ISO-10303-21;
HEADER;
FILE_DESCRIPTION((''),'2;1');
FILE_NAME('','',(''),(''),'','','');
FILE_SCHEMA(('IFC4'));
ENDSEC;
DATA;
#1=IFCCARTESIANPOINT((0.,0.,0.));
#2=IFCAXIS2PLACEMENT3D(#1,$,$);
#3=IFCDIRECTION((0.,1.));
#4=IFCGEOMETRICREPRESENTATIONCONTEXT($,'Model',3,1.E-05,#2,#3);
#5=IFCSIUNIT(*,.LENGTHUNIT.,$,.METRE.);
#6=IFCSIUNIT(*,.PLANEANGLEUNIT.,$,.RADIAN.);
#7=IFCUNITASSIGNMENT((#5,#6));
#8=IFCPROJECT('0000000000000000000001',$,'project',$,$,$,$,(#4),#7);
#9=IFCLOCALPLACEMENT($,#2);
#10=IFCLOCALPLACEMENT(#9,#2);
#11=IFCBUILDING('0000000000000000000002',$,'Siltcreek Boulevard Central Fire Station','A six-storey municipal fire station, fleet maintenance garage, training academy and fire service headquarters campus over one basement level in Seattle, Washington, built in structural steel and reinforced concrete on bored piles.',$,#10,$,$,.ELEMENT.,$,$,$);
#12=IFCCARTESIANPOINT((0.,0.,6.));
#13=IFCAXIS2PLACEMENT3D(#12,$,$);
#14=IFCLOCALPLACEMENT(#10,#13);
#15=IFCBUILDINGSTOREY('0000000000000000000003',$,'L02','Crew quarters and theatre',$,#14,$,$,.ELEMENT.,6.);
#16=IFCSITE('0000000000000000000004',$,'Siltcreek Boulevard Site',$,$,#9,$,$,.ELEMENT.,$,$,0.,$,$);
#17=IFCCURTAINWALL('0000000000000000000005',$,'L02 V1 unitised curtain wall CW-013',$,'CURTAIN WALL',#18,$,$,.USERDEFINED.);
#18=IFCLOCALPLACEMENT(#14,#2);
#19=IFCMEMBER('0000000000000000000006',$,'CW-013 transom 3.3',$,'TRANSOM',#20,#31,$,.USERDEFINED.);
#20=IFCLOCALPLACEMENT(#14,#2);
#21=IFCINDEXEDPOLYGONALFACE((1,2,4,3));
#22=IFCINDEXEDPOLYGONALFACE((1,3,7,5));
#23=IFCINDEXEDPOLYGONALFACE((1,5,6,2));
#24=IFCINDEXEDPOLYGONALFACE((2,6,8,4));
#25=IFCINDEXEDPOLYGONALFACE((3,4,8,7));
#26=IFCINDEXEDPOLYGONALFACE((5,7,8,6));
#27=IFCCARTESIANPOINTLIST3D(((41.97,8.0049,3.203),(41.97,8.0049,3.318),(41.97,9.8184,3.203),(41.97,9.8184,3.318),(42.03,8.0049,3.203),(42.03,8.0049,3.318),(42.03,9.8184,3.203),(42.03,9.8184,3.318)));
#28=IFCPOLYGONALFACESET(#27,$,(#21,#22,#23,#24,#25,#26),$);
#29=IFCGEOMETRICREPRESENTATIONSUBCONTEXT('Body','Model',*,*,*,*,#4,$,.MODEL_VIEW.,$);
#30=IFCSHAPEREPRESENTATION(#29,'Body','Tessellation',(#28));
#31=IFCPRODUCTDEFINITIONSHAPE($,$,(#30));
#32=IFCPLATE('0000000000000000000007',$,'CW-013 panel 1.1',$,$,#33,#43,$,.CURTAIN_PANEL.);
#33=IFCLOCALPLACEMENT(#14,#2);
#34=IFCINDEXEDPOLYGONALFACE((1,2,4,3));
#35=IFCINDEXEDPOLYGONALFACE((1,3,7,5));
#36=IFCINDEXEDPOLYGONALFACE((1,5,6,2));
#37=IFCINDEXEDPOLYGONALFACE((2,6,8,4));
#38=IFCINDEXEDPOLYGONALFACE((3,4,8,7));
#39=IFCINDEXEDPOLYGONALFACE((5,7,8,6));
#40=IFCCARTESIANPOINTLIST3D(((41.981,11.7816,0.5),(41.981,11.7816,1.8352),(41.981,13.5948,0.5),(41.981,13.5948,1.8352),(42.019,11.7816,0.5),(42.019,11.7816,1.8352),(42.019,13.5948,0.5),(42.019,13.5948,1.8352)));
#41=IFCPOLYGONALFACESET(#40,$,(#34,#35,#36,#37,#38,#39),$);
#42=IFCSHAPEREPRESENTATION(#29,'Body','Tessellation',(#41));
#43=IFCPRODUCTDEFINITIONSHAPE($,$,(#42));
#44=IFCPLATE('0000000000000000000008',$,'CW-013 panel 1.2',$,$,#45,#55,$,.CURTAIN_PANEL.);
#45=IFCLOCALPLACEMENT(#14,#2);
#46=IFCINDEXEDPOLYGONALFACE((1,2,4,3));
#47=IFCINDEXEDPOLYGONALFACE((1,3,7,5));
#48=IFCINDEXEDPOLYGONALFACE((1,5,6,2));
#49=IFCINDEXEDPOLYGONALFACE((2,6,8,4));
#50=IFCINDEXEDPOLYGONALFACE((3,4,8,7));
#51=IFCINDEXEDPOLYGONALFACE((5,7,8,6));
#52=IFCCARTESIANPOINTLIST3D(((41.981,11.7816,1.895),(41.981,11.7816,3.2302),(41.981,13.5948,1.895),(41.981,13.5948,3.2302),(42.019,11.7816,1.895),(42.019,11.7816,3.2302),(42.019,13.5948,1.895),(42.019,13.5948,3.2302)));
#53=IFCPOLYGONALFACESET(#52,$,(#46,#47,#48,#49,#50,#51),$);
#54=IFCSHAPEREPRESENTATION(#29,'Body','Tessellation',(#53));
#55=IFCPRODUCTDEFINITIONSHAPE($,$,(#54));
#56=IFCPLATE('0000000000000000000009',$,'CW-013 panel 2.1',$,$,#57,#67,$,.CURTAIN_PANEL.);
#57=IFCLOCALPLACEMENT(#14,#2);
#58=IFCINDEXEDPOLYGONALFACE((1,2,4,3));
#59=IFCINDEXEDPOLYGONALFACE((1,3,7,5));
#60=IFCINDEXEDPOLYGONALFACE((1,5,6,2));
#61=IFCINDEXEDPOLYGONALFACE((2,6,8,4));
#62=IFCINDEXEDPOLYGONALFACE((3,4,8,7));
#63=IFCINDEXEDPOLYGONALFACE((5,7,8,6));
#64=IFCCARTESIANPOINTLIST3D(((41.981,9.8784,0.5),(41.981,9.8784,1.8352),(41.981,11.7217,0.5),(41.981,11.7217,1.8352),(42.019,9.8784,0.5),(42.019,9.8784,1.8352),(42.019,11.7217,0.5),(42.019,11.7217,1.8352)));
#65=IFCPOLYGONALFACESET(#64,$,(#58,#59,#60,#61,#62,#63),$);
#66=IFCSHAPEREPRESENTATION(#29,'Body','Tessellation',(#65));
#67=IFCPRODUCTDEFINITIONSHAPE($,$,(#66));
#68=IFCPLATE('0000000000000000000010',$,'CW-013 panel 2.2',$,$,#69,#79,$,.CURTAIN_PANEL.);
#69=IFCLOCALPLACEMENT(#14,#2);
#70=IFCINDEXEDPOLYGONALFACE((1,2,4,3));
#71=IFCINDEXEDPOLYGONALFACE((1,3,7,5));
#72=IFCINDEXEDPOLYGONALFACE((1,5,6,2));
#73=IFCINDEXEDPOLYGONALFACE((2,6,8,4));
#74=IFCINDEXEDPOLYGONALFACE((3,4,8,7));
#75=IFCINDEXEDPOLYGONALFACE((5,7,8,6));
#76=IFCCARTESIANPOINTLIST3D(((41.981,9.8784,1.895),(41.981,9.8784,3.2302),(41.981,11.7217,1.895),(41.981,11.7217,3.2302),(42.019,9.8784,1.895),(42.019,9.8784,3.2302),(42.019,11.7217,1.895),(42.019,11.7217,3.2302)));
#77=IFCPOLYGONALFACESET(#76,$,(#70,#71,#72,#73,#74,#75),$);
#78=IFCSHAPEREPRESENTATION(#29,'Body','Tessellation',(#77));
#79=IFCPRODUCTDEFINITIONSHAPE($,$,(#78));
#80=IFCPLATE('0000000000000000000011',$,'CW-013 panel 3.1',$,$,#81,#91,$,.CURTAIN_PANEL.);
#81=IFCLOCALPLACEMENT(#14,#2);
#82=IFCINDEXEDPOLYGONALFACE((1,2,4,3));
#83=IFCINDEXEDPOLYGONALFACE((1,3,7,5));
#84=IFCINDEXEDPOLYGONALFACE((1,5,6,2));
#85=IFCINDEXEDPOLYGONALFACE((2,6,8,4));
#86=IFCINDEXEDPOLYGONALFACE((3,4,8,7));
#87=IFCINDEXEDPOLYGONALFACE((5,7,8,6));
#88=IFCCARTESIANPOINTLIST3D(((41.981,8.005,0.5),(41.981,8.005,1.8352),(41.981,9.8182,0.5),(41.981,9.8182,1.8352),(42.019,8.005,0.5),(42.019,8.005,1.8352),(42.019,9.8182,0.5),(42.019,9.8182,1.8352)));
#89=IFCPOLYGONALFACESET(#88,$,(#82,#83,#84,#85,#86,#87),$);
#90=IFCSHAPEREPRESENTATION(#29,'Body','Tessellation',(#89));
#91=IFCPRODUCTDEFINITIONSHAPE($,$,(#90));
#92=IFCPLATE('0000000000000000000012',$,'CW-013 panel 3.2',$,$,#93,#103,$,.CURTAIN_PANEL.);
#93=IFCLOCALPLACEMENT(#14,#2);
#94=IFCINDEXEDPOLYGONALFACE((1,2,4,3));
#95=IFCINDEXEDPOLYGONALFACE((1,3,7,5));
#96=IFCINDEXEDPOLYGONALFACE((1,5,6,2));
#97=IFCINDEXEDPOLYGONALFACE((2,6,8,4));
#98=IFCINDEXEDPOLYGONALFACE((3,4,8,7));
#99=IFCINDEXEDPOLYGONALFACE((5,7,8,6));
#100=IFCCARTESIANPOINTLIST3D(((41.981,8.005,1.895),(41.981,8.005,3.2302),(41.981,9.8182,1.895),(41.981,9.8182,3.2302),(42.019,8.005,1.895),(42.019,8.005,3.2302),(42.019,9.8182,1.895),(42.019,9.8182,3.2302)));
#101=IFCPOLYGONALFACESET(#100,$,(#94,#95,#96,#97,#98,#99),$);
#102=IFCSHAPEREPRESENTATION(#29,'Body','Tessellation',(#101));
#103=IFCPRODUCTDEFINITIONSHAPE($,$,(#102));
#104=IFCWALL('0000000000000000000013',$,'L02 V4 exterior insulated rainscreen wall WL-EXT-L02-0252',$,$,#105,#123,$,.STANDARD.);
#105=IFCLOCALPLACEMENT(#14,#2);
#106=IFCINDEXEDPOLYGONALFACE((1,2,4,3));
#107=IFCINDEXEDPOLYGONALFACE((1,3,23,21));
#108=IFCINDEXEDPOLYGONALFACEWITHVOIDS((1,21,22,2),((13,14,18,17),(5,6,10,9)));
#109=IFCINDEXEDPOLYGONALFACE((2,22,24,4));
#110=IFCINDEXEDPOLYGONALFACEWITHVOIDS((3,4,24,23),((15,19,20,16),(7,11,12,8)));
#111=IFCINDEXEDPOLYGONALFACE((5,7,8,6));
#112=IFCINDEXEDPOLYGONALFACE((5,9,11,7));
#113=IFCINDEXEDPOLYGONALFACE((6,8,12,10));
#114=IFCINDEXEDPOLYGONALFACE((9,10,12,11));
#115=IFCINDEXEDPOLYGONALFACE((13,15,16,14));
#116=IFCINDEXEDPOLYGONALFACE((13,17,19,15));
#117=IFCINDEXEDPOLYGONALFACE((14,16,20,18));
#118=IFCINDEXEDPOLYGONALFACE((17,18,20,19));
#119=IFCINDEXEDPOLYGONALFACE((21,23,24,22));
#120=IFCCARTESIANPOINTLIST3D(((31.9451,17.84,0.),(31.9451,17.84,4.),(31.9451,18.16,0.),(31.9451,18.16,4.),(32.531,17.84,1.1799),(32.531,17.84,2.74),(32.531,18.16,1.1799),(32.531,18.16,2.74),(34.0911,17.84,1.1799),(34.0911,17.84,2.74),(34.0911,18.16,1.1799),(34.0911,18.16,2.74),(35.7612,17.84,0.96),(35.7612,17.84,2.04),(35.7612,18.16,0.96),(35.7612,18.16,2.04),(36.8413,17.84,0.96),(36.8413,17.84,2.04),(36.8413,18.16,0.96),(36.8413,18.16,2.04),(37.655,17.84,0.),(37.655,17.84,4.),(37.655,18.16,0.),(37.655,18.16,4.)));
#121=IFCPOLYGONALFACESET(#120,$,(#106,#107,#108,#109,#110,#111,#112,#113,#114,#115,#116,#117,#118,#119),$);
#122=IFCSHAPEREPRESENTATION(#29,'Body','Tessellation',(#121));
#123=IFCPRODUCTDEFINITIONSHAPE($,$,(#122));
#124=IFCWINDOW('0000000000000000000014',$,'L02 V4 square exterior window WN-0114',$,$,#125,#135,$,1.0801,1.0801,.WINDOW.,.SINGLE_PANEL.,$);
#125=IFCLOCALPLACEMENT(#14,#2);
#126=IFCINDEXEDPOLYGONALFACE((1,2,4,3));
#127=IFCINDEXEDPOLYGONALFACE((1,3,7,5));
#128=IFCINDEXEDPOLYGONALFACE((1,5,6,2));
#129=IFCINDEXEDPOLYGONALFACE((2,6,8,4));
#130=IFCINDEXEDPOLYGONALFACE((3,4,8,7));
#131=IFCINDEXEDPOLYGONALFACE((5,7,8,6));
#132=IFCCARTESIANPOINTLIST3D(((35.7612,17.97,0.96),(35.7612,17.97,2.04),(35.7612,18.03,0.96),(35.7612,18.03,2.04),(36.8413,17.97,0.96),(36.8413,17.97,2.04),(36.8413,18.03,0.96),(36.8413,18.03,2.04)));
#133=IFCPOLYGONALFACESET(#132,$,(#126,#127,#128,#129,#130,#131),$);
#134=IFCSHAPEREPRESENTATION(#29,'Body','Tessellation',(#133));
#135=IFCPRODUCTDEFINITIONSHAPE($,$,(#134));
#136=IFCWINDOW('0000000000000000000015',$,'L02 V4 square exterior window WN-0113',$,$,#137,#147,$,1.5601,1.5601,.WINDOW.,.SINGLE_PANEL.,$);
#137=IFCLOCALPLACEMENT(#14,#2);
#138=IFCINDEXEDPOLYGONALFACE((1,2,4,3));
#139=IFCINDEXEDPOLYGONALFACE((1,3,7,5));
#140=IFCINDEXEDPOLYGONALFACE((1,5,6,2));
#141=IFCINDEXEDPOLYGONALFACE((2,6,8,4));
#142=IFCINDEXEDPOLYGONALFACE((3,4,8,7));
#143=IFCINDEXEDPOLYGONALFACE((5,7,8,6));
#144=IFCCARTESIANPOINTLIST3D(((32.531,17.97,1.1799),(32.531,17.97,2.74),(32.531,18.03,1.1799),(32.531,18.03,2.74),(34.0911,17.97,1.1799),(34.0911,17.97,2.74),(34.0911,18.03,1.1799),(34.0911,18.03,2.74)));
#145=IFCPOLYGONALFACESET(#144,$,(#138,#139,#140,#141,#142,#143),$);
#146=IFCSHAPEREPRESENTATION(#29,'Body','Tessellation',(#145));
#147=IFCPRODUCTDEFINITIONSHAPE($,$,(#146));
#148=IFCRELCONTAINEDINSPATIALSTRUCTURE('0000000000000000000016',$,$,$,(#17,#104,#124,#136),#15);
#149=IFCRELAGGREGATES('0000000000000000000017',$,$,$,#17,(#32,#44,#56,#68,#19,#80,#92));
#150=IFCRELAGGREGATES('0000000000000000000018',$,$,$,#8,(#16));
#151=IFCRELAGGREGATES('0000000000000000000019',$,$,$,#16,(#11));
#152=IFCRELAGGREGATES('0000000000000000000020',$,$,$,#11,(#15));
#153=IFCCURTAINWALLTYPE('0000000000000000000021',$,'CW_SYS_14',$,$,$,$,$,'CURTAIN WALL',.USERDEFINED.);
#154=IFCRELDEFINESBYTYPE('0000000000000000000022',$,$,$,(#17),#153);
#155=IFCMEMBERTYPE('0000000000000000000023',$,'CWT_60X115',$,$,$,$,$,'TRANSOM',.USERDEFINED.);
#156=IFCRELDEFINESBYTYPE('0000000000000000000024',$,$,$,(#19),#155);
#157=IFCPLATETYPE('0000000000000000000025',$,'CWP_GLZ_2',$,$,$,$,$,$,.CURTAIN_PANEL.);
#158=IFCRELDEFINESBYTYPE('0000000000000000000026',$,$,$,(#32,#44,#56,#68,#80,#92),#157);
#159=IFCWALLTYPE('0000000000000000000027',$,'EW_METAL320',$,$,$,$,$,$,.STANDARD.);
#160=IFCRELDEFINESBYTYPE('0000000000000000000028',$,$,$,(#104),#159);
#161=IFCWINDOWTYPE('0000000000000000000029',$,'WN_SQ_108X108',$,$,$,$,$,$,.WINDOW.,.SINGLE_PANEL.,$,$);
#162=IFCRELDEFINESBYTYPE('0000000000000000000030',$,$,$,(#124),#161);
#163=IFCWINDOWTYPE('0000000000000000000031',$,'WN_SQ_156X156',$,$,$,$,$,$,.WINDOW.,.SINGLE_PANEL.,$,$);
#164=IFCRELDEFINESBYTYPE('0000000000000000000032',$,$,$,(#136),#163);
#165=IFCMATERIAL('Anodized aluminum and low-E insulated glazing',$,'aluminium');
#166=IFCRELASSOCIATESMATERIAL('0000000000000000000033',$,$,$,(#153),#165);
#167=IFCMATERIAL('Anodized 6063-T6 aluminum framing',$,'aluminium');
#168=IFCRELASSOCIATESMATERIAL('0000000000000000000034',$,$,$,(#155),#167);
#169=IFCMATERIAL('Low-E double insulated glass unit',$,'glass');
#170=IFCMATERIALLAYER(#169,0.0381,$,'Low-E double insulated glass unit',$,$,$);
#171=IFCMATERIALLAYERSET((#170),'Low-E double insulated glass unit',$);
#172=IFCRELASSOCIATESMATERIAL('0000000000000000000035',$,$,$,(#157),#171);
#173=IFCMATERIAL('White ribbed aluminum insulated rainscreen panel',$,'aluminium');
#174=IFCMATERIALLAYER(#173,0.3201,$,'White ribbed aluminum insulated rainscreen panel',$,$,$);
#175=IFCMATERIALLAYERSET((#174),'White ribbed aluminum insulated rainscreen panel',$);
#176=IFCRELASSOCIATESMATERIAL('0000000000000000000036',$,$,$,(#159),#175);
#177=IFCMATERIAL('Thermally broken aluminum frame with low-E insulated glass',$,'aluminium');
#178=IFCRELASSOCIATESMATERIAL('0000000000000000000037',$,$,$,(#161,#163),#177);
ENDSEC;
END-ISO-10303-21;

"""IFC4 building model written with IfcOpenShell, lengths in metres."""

from ifc_helpers import new_model, si_unit, direction, frame, frame_2d, origin, origin_2d, place, context, subcontext, project, spatial, rectangle, extrude, material, layer, layer_set, material_profile, profile_set, type_object, element, fill, aggregate, save


model = new_model("IFC4")

# Units and contexts
model_context = context("Model", 3, precision=1e-05, world=origin(), true_north=direction((0.0, 1.0)))
body_context = subcontext(model_context, "Body", "Model", "MODEL_VIEW")
ifc_project = project(units=[si_unit("LENGTHUNIT", "METRE"), si_unit("PLANEANGLEUNIT", "RADIAN")], contexts=[model_context])

# Site, building, storey
site_placement = place(None, origin())
site = spatial("IfcSite", under=ifc_project, at=site_placement, Name="Siltcreek Boulevard Site", CompositionType="ELEMENT", RefElevation=0.0)
building_placement = place(site_placement, origin())
building = spatial("IfcBuilding", under=site, at=building_placement, Name="Siltcreek Boulevard Central Fire Station", Description="A six-storey municipal fire station, fleet maintenance garage, training academy and fire service headquarters campus over one basement level in Seattle, Washington, built in structural steel and reinforced concrete on bored piles.", CompositionType="ELEMENT")
storey_placement = place(building_placement, frame((0.0, 0.0, 6.0)))
storey = spatial("IfcBuildingStorey", under=building, at=storey_placement, Name="L02", Description="Crew quarters and theatre", CompositionType="ELEMENT", Elevation=6.0)

# Curtain wall, member, plates
ifc_material_1 = material(Name="Anodized aluminum and low-E insulated glazing", Category="aluminium")
curtain_wall_type = type_object("IfcCurtainWallType", Name="CW_SYS_14", ElementType="CURTAIN WALL", PredefinedType="USERDEFINED", material=ifc_material_1)
curtain_wall_placement = place(storey_placement, origin())
curtain_wall = element("IfcCurtainWall", 1, at=curtain_wall_placement, inside=storey, type_object=curtain_wall_type, Name="L02 V1 unitised curtain wall CW-013", ObjectType="CURTAIN WALL", PredefinedType="USERDEFINED")
ifc_material_2 = material(Name="Anodized 6063-T6 aluminum framing", Category="aluminium")
ifc_material_profile_1 = material_profile(ifc_material_2, rectangle(XDim=0.0601, YDim=0.115, at=origin_2d()), Name="TRAN60X115")
ifc_profile_set_1 = profile_set([ifc_material_profile_1], Name="Anodized 6063-T6 aluminum framing")
member_type_1 = type_object("IfcMemberType", Name="CWT_60X115", ElementType="TRANSOM", PredefinedType="USERDEFINED", material=ifc_profile_set_1)
member_1_placement = place(storey_placement, frame((42.0, 9.8184, 3.2605), z_axis=(0.0, -1.0, 0.0), x_axis=(1.0, 0.0, 0.0)))
member_1 = element("IfcMember", 2, at=member_1_placement, type_object=member_type_1, Name="CW-013 transom 3.3", ObjectType="TRANSOM", PredefinedType="USERDEFINED", context=body_context, shape_type="SweptSolid", body=[
    extrude(rectangle(XDim=0.0601, YDim=0.115, at=origin_2d()), origin(), (0.0, 0.0, 1.0), 1.8135),
])
ifc_material_3 = material(Name="Low-E double insulated glass unit", Category="glass")
ifc_layer_1 = layer(ifc_material_3, 0.0381, Name="Low-E double insulated glass unit")
ifc_layer_set_1 = layer_set([ifc_layer_1], Name="Low-E double insulated glass unit")
plate_type = type_object("IfcPlateType", Name="CWP_GLZ_2", PredefinedType="CURTAIN_PANEL", material=ifc_layer_set_1)
plate_1_placement = place(storey_placement, frame((42.0, 12.6882, 0.5), z_axis=(0.0, 0.0, 1.0), x_axis=(0.0, -1.0, 0.0)))
plate_1 = element("IfcPlate", 3, at=plate_1_placement, type_object=plate_type, Name="CW-013 panel 1.1", PredefinedType="CURTAIN_PANEL", context=body_context, shape_type="SweptSolid", body=[
    extrude(rectangle(XDim=1.8132, YDim=0.0381, at=origin_2d()), origin(), (0.0, 0.0, 1.0), 1.3352),
])
plate_2_placement = place(storey_placement, frame((42.0, 12.6882, 1.895), z_axis=(0.0, 0.0, 1.0), x_axis=(0.0, -1.0, 0.0)))
plate_2 = element("IfcPlate", 4, at=plate_2_placement, type_object=plate_type, Name="CW-013 panel 1.2", PredefinedType="CURTAIN_PANEL", context=body_context, shape_type="SweptSolid", body=[
    extrude(rectangle(XDim=1.8132, YDim=0.0381, at=origin_2d()), origin(), (0.0, 0.0, 1.0), 1.3352),
])
plate_3_placement = place(storey_placement, frame((42.0, 10.8, 0.5), z_axis=(0.0, 0.0, 1.0), x_axis=(0.0, -1.0, 0.0)))
plate_3 = element("IfcPlate", 5, at=plate_3_placement, type_object=plate_type, Name="CW-013 panel 2.1", PredefinedType="CURTAIN_PANEL", context=body_context, shape_type="SweptSolid", body=[
    extrude(rectangle(XDim=1.8433, YDim=0.0381, at=origin_2d()), origin(), (0.0, 0.0, 1.0), 1.3352),
])
plate_4_placement = place(storey_placement, frame((42.0, 10.8, 1.895), z_axis=(0.0, 0.0, 1.0), x_axis=(0.0, -1.0, 0.0)))
plate_4 = element("IfcPlate", 6, at=plate_4_placement, type_object=plate_type, Name="CW-013 panel 2.2", PredefinedType="CURTAIN_PANEL", context=body_context, shape_type="SweptSolid", body=[
    extrude(rectangle(XDim=1.8433, YDim=0.0381, at=origin_2d()), origin(), (0.0, 0.0, 1.0), 1.3352),
])
plate_5_placement = place(storey_placement, frame((42.0, 8.9116, 0.5), z_axis=(0.0, 0.0, 1.0), x_axis=(0.0, -1.0, 0.0)))
plate_5 = element("IfcPlate", 7, at=plate_5_placement, type_object=plate_type, Name="CW-013 panel 3.1", PredefinedType="CURTAIN_PANEL", context=body_context, shape_type="SweptSolid", body=[
    extrude(rectangle(XDim=1.8132, YDim=0.0381, at=origin_2d()), origin(), (0.0, 0.0, 1.0), 1.3352),
])
plate_6_placement = place(storey_placement, frame((42.0, 8.9116, 1.895), z_axis=(0.0, 0.0, 1.0), x_axis=(0.0, -1.0, 0.0)))
plate_6 = element("IfcPlate", 8, at=plate_6_placement, type_object=plate_type, Name="CW-013 panel 3.2", PredefinedType="CURTAIN_PANEL", context=body_context, shape_type="SweptSolid", body=[
    extrude(rectangle(XDim=1.8132, YDim=0.0381, at=origin_2d()), origin(), (0.0, 0.0, 1.0), 1.3352),
])
aggregate(curtain_wall, [plate_1, plate_2, plate_3, plate_4, member_1, plate_5, plate_6])

# Wall, openings, windows
ifc_material_4 = material(Name="White ribbed aluminum insulated rainscreen panel", Category="aluminium")
ifc_layer_2 = layer(ifc_material_4, 0.3201, Name="White ribbed aluminum insulated rainscreen panel")
ifc_layer_set_2 = layer_set([ifc_layer_2], Name="White ribbed aluminum insulated rainscreen panel")
wall_type = type_object("IfcWallType", Name="EW_METAL320", PredefinedType="STANDARD", material=ifc_layer_set_2)
wall_placement = place(storey_placement, frame((31.9451, 18.0, 0.0), z_axis=(0.0, 0.0, 1.0), x_axis=(1.0, 0.0, 0.0)))
wall = element("IfcWall", 9, at=wall_placement, inside=storey, type_object=wall_type, Name="L02 V4 exterior insulated rainscreen wall WL-EXT-L02-0252", PredefinedType="STANDARD", context=body_context, shape_type="SweptSolid", body=[
    extrude(rectangle(XDim=5.71, YDim=0.3201, at=frame_2d((2.855, 0.0))), origin(), (0.0, 0.0, 1.0), 4.0),
])
opening_1_placement = place(wall_placement, frame((0.5859, 0.0, 1.1799)))
opening_1 = element("IfcOpeningElement", 10, at=opening_1_placement, cuts=wall, PredefinedType="OPENING", context=body_context, shape_type="SweptSolid", body=[
    extrude(rectangle(XDim=1.5601, YDim=1.5601, at=frame_2d((0.78, 0.78))), frame((0.0, 0.1699, 0.0), z_axis=(0.0, -1.0, 0.0), x_axis=(1.0, 0.0, 0.0)), (0.0, 0.0, 1.0), 0.3401),
])
opening_2_placement = place(wall_placement, frame((3.8162, 0.0, 0.96)))
opening_2 = element("IfcOpeningElement", 11, at=opening_2_placement, cuts=wall, PredefinedType="OPENING", context=body_context, shape_type="SweptSolid", body=[
    extrude(rectangle(XDim=1.0801, YDim=1.0801, at=frame_2d((0.54, 0.54))), frame((0.0, 0.1699, 0.0), z_axis=(0.0, -1.0, 0.0), x_axis=(1.0, 0.0, 0.0)), (0.0, 0.0, 1.0), 0.3401),
])
ifc_material_5 = material(Name="Thermally broken aluminum frame with low-E insulated glass", Category="aluminium")
window_type_1 = type_object("IfcWindowType", Name="WN_SQ_108X108", PartitioningType="SINGLE_PANEL", PredefinedType="WINDOW", material=ifc_material_5)
window_1_placement = place(opening_2_placement, origin())
window_1 = element("IfcWindow", 12, at=window_1_placement, inside=storey, type_object=window_type_1, Name="L02 V4 square exterior window WN-0114", OverallHeight=1.0801, OverallWidth=1.0801, PartitioningType="SINGLE_PANEL", PredefinedType="WINDOW", context=body_context, shape_type="SweptSolid", body=[
    extrude(rectangle(XDim=1.0801, YDim=1.0801, at=frame_2d((0.54, 0.54))), frame((0.0, 0.03, 0.0), z_axis=(0.0, -1.0, 0.0), x_axis=(1.0, 0.0, 0.0)), (0.0, 0.0, 1.0), 0.0601),
])
fill(opening_2, window_1)
window_type_2 = type_object("IfcWindowType", Name="WN_SQ_156X156", PartitioningType="SINGLE_PANEL", PredefinedType="WINDOW", material=ifc_material_5)
window_2_placement = place(opening_1_placement, origin())
window_2 = element("IfcWindow", 13, at=window_2_placement, inside=storey, type_object=window_type_2, Name="L02 V4 square exterior window WN-0113", OverallHeight=1.5601, OverallWidth=1.5601, PartitioningType="SINGLE_PANEL", PredefinedType="WINDOW", context=body_context, shape_type="SweptSolid", body=[
    extrude(rectangle(XDim=1.5601, YDim=1.5601, at=frame_2d((0.78, 0.78))), frame((0.0, 0.03, 0.0), z_axis=(0.0, -1.0, 0.0), x_axis=(1.0, 0.0, 0.0)), (0.0, 0.0, 1.0), 0.0601),
])
fill(opening_1, window_2)

save(model, "model.ifc")
